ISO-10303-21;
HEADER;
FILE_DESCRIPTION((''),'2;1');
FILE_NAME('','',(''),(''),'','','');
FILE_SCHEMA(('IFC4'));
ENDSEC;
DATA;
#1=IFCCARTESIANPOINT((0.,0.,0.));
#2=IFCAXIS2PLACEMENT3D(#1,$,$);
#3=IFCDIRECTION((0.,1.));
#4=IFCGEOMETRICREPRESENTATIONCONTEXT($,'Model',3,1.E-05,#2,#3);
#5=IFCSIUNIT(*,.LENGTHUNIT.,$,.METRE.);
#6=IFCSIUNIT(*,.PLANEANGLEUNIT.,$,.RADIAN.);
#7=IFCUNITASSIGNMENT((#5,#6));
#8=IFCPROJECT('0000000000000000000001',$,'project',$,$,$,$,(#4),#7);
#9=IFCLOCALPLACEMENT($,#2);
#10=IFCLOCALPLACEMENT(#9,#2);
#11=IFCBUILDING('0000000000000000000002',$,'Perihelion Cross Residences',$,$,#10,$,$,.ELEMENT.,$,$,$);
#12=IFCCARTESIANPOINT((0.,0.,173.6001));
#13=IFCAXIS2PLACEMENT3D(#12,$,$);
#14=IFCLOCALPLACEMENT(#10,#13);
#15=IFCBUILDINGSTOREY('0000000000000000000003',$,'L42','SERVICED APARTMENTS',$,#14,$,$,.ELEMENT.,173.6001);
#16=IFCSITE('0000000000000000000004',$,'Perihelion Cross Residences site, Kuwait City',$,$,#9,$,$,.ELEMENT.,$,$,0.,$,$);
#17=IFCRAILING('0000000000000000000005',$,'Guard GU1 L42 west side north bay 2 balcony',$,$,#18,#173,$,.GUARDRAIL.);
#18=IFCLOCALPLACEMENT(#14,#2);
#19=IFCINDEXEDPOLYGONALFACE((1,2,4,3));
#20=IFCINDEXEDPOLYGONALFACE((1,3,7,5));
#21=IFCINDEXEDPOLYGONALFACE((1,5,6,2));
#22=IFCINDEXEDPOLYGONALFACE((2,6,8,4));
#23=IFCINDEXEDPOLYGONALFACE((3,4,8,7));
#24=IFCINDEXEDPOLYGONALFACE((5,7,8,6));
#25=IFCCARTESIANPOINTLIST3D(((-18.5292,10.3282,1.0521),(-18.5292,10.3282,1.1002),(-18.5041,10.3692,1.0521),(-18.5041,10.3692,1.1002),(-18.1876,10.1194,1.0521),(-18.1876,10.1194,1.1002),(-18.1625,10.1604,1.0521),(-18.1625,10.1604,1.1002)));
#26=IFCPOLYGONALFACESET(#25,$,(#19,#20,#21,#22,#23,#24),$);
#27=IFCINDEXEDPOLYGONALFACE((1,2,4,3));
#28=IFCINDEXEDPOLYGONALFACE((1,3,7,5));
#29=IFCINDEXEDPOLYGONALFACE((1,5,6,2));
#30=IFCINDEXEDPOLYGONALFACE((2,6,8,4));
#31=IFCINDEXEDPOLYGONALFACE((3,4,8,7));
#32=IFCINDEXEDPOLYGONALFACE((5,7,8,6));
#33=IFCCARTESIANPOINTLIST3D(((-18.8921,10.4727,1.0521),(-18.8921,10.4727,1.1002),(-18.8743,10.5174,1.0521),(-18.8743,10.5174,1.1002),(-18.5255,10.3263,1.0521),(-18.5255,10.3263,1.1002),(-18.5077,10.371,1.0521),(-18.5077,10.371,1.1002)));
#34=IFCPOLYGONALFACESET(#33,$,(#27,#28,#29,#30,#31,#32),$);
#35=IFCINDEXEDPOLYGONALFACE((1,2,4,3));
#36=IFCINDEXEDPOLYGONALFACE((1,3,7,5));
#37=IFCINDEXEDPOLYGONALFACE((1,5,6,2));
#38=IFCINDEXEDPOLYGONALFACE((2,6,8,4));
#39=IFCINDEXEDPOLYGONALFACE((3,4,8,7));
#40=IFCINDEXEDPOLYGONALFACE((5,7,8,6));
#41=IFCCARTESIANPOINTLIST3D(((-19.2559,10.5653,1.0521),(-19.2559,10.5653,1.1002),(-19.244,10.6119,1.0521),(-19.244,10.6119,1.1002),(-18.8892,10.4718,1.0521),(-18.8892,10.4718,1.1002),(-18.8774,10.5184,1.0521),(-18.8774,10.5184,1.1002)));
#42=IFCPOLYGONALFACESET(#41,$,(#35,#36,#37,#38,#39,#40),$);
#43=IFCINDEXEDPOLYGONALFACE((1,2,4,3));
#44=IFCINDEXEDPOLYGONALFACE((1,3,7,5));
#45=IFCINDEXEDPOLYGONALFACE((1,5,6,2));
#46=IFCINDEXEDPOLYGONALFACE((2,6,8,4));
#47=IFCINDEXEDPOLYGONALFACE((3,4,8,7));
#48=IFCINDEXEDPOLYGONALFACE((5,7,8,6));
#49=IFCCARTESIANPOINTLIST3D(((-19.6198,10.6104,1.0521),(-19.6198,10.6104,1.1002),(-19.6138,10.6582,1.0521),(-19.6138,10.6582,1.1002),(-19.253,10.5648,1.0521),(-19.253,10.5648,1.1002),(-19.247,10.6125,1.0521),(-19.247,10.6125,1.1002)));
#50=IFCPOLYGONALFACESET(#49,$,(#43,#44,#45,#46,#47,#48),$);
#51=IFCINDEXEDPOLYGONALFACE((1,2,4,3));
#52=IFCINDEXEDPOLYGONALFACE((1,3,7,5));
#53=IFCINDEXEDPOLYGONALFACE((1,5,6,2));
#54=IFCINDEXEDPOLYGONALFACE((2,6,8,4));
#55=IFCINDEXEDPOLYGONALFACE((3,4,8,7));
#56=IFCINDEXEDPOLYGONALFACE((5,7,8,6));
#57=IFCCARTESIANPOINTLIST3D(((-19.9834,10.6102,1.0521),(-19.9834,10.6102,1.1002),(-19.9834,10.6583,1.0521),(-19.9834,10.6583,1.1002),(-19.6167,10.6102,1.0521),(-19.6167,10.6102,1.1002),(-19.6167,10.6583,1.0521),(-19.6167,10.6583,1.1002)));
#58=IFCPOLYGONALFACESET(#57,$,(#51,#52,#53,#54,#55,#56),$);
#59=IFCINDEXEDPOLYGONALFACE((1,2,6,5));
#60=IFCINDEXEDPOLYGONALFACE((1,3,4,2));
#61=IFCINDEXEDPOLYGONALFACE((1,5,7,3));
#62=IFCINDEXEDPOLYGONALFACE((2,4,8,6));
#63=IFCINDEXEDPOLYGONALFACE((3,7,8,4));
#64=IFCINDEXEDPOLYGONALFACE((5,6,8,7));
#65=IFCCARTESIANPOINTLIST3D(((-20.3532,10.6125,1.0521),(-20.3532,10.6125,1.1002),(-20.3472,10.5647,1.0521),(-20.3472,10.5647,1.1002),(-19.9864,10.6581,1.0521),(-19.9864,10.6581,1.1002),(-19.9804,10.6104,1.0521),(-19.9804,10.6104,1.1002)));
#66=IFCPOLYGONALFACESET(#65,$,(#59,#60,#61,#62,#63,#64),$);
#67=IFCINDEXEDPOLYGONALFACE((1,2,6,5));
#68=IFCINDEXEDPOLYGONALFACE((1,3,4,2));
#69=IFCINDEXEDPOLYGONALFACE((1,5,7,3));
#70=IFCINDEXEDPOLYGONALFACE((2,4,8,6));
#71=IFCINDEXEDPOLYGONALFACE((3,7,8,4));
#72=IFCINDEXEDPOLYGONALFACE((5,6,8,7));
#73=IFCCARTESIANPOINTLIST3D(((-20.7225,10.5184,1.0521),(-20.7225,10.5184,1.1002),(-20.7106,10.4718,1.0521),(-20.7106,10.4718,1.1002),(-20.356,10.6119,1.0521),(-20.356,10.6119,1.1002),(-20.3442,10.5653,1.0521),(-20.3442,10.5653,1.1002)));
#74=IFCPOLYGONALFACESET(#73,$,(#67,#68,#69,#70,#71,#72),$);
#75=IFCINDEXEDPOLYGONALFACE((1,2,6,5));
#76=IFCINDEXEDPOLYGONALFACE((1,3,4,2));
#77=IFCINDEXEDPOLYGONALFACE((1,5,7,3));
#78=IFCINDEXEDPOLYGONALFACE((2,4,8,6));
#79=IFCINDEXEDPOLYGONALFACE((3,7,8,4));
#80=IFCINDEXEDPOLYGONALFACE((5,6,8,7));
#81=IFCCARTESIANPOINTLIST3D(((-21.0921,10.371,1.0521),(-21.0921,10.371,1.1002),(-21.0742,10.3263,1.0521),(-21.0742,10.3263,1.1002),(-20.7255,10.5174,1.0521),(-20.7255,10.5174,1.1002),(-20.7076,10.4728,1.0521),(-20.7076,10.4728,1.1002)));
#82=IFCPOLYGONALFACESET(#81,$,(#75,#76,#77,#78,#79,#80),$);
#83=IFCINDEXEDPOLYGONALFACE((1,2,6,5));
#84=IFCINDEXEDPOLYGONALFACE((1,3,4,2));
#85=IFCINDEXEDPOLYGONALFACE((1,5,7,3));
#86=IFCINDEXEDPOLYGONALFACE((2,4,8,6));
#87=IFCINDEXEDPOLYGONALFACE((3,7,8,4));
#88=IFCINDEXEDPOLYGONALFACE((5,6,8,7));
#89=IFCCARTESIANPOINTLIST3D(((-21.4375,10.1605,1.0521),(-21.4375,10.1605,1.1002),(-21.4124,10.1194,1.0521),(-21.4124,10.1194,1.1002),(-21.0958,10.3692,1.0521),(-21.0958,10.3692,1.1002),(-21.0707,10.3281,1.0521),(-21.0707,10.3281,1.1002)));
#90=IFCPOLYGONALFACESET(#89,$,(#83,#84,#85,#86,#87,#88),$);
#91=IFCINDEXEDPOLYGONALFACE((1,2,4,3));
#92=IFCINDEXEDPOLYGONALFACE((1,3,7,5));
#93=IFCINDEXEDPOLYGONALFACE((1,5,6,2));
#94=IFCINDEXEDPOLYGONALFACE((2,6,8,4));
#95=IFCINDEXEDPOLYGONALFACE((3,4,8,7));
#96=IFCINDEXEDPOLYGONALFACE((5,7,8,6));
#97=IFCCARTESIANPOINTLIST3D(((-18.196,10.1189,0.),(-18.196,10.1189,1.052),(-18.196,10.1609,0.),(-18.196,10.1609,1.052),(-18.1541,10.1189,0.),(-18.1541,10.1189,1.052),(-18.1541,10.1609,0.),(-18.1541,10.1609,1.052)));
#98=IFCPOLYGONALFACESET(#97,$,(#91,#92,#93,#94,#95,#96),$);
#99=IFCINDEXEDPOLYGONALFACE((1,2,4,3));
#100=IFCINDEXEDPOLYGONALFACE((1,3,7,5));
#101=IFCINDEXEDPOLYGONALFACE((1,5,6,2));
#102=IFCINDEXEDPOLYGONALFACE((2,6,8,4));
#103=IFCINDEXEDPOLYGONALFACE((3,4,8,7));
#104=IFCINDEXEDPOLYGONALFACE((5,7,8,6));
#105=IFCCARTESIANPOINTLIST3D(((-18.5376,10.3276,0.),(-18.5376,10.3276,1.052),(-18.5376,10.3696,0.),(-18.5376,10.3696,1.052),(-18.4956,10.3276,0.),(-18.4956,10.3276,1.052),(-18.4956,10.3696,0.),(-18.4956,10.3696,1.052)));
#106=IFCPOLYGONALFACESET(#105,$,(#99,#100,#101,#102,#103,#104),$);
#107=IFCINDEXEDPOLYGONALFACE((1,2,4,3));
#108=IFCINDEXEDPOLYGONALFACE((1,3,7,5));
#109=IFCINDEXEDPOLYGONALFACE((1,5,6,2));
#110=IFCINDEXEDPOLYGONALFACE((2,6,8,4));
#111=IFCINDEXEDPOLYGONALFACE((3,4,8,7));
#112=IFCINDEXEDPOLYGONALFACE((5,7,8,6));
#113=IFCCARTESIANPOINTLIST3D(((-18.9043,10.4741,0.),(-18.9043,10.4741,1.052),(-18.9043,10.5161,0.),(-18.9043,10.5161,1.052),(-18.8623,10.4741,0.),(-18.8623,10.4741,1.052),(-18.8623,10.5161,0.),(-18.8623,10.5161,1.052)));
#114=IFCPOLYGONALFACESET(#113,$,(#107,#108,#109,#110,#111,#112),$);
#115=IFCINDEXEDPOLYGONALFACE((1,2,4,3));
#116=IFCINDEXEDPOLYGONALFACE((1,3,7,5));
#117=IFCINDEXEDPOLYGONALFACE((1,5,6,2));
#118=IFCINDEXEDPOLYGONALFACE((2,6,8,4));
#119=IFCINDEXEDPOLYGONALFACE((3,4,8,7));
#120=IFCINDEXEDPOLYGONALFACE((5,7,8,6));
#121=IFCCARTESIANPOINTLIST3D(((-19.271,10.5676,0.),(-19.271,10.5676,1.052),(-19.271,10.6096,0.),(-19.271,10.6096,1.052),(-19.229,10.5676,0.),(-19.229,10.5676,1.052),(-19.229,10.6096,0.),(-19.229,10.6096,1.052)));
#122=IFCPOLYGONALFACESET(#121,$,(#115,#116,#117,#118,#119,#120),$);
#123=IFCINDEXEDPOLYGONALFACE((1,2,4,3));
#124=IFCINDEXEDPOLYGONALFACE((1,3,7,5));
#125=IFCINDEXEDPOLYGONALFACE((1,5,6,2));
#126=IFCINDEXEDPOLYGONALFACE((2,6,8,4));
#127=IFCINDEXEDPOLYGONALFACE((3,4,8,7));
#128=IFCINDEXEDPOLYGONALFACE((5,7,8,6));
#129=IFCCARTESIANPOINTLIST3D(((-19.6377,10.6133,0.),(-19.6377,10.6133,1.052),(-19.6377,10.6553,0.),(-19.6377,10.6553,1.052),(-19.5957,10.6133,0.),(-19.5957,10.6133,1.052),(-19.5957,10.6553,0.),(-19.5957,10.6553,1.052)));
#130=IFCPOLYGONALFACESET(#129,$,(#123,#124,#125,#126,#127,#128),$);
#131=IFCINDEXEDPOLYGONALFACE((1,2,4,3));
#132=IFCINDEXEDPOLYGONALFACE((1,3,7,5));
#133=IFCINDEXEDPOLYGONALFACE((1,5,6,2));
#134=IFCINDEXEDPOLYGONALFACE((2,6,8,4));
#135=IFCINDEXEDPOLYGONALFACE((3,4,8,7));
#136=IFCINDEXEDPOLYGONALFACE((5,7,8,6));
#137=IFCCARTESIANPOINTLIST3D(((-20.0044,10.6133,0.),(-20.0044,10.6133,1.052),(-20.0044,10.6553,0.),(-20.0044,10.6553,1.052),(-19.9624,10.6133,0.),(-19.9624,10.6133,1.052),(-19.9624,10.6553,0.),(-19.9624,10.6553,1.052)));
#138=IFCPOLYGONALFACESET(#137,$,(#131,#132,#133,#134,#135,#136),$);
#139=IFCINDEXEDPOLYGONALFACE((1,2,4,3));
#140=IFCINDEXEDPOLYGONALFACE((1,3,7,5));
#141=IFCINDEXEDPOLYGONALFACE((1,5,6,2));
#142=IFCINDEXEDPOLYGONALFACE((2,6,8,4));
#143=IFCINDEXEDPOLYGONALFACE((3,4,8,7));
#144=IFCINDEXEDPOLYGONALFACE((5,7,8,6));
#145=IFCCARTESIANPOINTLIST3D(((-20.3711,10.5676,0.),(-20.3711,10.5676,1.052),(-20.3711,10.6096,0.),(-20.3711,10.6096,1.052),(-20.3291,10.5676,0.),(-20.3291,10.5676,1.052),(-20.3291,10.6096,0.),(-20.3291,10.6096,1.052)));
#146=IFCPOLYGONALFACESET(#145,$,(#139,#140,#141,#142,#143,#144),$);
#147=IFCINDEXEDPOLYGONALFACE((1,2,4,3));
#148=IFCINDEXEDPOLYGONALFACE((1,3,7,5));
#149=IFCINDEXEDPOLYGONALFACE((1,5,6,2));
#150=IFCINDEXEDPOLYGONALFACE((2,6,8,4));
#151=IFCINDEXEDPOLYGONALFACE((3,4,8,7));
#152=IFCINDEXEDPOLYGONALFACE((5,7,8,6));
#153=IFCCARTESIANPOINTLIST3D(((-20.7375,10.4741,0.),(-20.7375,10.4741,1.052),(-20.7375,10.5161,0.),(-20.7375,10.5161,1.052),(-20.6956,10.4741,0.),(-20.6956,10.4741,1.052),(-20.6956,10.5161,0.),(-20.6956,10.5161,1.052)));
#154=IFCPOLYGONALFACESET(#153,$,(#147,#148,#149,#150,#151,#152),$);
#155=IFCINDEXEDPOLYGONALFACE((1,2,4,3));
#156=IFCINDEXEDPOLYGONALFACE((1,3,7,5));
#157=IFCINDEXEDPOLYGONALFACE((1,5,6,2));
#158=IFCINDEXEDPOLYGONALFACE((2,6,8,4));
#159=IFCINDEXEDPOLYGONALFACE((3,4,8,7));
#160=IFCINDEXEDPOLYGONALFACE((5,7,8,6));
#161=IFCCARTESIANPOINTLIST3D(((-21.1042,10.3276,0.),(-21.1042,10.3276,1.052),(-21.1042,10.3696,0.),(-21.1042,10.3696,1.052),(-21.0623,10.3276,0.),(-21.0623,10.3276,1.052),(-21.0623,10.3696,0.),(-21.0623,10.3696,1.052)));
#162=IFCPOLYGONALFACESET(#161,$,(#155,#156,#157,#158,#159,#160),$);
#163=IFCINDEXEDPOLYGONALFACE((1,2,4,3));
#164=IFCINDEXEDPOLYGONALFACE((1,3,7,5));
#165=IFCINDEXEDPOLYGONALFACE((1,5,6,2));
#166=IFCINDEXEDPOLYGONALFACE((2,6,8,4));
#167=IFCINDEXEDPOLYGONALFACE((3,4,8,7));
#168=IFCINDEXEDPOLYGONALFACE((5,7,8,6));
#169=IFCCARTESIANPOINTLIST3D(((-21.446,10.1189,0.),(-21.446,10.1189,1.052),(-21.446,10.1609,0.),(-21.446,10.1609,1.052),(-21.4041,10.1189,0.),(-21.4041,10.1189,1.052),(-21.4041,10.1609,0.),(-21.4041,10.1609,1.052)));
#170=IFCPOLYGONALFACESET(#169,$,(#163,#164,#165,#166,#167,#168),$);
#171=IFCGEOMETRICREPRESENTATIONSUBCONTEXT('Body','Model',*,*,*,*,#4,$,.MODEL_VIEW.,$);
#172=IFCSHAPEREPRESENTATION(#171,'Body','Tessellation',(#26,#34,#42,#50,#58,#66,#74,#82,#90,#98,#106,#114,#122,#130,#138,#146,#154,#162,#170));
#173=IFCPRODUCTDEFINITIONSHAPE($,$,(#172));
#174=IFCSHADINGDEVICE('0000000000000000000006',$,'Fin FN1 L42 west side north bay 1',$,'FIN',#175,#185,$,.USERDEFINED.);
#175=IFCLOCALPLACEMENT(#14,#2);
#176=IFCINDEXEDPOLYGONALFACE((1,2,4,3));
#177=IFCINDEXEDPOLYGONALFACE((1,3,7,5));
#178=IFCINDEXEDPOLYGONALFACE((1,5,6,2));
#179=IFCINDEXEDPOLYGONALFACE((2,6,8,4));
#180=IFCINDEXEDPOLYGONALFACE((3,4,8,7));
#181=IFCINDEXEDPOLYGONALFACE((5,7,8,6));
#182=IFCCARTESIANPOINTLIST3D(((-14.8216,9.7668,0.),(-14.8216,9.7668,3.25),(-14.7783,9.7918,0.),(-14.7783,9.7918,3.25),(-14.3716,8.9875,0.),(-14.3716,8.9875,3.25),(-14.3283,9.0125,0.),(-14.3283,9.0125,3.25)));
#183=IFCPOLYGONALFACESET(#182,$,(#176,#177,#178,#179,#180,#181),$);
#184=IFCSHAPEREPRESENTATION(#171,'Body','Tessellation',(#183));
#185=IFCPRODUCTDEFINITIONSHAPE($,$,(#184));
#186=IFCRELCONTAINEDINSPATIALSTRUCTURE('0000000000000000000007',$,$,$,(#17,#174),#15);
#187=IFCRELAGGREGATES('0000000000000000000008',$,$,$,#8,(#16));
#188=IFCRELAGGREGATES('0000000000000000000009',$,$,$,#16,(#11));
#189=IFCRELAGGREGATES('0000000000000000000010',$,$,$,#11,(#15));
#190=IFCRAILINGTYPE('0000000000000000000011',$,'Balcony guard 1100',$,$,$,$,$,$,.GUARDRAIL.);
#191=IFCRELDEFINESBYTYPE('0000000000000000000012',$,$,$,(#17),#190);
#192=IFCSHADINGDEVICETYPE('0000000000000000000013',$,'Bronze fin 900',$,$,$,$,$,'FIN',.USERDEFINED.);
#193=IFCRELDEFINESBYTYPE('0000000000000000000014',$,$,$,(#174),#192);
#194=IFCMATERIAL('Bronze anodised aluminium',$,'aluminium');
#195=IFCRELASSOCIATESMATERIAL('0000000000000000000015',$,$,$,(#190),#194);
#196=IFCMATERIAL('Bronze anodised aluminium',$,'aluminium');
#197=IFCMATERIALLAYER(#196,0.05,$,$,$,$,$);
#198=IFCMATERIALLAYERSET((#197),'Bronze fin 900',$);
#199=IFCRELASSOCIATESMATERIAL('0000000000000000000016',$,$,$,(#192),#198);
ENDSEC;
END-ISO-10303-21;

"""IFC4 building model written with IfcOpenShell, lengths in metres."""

from ifc_helpers import new_model, si_unit, direction, frame, origin, origin_2d, place, context, subcontext, project, spatial, rectangle, extrude, material, layer, layer_set, type_object, element, save


model = new_model("IFC4")

# Units and contexts
model_context = context("Model", 3, precision=1e-05, world=origin(), true_north=direction((0.0, 1.0)))
body_context = subcontext(model_context, "Body", "Model", "MODEL_VIEW")
ifc_project = project(units=[si_unit("LENGTHUNIT", "METRE"), si_unit("PLANEANGLEUNIT", "RADIAN")], contexts=[model_context])

# Site, building, storey
site_placement = place(None, origin())
site = spatial("IfcSite", under=ifc_project, at=site_placement, Name="Perihelion Cross Residences site, Kuwait City", CompositionType="ELEMENT", RefElevation=0.0)
building_placement = place(site_placement, origin())
building = spatial("IfcBuilding", under=site, at=building_placement, Name="Perihelion Cross Residences", CompositionType="ELEMENT")
storey_placement = place(building_placement, frame((0.0, 0.0, 173.6001)))
storey = spatial("IfcBuildingStorey", under=building, at=storey_placement, Name="L42", Description="SERVICED APARTMENTS", CompositionType="ELEMENT", Elevation=173.6001)

# Railing
ifc_material_1 = material(Name="Bronze anodised aluminium", Category="aluminium")
railing_type = type_object("IfcRailingType", Name="Balcony guard 1100", PredefinedType="GUARDRAIL", material=ifc_material_1)
railing_1_placement = place(storey_placement, frame((-18.175, 10.1399, 0.0)))
element("IfcRailing", 1, at=railing_1_placement, inside=storey, type_object=railing_type, Name="Guard GU1 L42 west side north bay 2 balcony", PredefinedType="GUARDRAIL", context=body_context, shape_type="SweptSolid", body=[
    extrude(rectangle(XDim=0.0481, YDim=0.0481, at=origin_2d()), frame((0.0, 0.0, 1.0762), z_axis=(-0.853267, 0.521475, 0.0), x_axis=(-0.521475, -0.853267, 0.0)), (0.0, 0.0, 1.0), 0.4004),
    extrude(rectangle(XDim=0.0481, YDim=0.0481, at=origin_2d()), frame((-0.3416, 0.2087, 1.0762), z_axis=(-0.928647, 0.370964, 0.0), x_axis=(-0.370964, -0.928647, 0.0)), (0.0, 0.0, 1.0), 0.3948),
    extrude(rectangle(XDim=0.0481, YDim=0.0481, at=origin_2d()), frame((-0.7083, 0.3552, 1.0762), z_axis=(-0.968993, 0.247087, 0.0), x_axis=(-0.247087, -0.968993, 0.0)), (0.0, 0.0, 1.0), 0.3784),
    extrude(rectangle(XDim=0.0481, YDim=0.0481, at=origin_2d()), frame((-1.075, 0.4487, 1.0762), z_axis=(-0.992339, 0.123547, 0.0), x_axis=(-0.123547, -0.992339, 0.0)), (0.0, 0.0, 1.0), 0.3696),
    extrude(rectangle(XDim=0.0481, YDim=0.0481, at=origin_2d()), frame((-1.4417, 0.4944, 1.0762), z_axis=(-1.0, 0.0, 0.0), x_axis=(0.0, -1.0, 0.0)), (0.0, 0.0, 1.0), 0.3667),
    extrude(rectangle(XDim=0.0481, YDim=0.0481, at=origin_2d()), frame((-1.8083, 0.4944, 1.0762), z_axis=(-0.992339, -0.123547, 0.0), x_axis=(0.123547, -0.992339, 0.0)), (0.0, 0.0, 1.0), 0.3696),
    extrude(rectangle(XDim=0.0481, YDim=0.0481, at=origin_2d()), frame((-2.175, 0.4487, 1.0762), z_axis=(-0.968954, -0.247241, 0.0), x_axis=(0.247241, -0.968954, 0.0)), (0.0, 0.0, 1.0), 0.3782),
    extrude(rectangle(XDim=0.0481, YDim=0.0481, at=origin_2d()), frame((-2.5415, 0.3552, 1.0762), z_axis=(-0.928647, -0.370964, 0.0), x_axis=(0.370964, -0.928647, 0.0)), (0.0, 0.0, 1.0), 0.3948),
    extrude(rectangle(XDim=0.0481, YDim=0.0481, at=origin_2d()), frame((-2.9082, 0.2087, 1.0762), z_axis=(-0.853432, -0.521203, 0.0), x_axis=(0.521203, -0.853432, 0.0)), (0.0, 0.0, 1.0), 0.4004),
    extrude(rectangle(XDim=0.042, YDim=0.042, at=origin_2d()), origin(), (0.0, 0.0, 1.0), 1.052),
    extrude(rectangle(XDim=0.042, YDim=0.042, at=origin_2d()), frame((-0.3416, 0.2087, 0.0)), (0.0, 0.0, 1.0), 1.052),
    extrude(rectangle(XDim=0.042, YDim=0.042, at=origin_2d()), frame((-0.7083, 0.3552, 0.0)), (0.0, 0.0, 1.0), 1.052),
    extrude(rectangle(XDim=0.042, YDim=0.042, at=origin_2d()), frame((-1.075, 0.4487, 0.0)), (0.0, 0.0, 1.0), 1.052),
    extrude(rectangle(XDim=0.042, YDim=0.042, at=origin_2d()), frame((-1.4417, 0.4944, 0.0)), (0.0, 0.0, 1.0), 1.052),
    extrude(rectangle(XDim=0.042, YDim=0.042, at=origin_2d()), frame((-1.8083, 0.4944, 0.0)), (0.0, 0.0, 1.0), 1.052),
    extrude(rectangle(XDim=0.042, YDim=0.042, at=origin_2d()), frame((-2.175, 0.4487, 0.0)), (0.0, 0.0, 1.0), 1.052),
    extrude(rectangle(XDim=0.042, YDim=0.042, at=origin_2d()), frame((-2.5415, 0.3552, 0.0)), (0.0, 0.0, 1.0), 1.052),
    extrude(rectangle(XDim=0.042, YDim=0.042, at=origin_2d()), frame((-2.9082, 0.2087, 0.0)), (0.0, 0.0, 1.0), 1.052),
    extrude(rectangle(XDim=0.042, YDim=0.042, at=origin_2d()), frame((-3.25, 0.0, 0.0)), (0.0, 0.0, 1.0), 1.052),
])

# Shading device
ifc_material_2 = material(Name="Bronze anodised aluminium", Category="aluminium")
ifc_layer_1 = layer(ifc_material_2, 0.05)
ifc_layer_set_1 = layer_set([ifc_layer_1], Name="Bronze fin 900")
shading_device_type = type_object("IfcShadingDeviceType", Name="Bronze fin 900", ElementType="FIN", PredefinedType="USERDEFINED", material=ifc_layer_set_1)
shading_device_placement = place(storey_placement, frame((-14.575, 9.3896, 0.0), z_axis=(0.0, 0.0, 1.0), x_axis=(-0.5, 0.866025, 0.0)))
element("IfcShadingDevice", 2, at=shading_device_placement, inside=storey, type_object=shading_device_type, Name="Fin FN1 L42 west side north bay 1", ObjectType="FIN", PredefinedType="USERDEFINED", context=body_context, shape_type="SweptSolid", body=[
    extrude(rectangle(XDim=0.8999, YDim=0.05, at=origin_2d()), origin(), (0.0, 0.0, 1.0), 3.25),
])

save(model, "model.ifc")
